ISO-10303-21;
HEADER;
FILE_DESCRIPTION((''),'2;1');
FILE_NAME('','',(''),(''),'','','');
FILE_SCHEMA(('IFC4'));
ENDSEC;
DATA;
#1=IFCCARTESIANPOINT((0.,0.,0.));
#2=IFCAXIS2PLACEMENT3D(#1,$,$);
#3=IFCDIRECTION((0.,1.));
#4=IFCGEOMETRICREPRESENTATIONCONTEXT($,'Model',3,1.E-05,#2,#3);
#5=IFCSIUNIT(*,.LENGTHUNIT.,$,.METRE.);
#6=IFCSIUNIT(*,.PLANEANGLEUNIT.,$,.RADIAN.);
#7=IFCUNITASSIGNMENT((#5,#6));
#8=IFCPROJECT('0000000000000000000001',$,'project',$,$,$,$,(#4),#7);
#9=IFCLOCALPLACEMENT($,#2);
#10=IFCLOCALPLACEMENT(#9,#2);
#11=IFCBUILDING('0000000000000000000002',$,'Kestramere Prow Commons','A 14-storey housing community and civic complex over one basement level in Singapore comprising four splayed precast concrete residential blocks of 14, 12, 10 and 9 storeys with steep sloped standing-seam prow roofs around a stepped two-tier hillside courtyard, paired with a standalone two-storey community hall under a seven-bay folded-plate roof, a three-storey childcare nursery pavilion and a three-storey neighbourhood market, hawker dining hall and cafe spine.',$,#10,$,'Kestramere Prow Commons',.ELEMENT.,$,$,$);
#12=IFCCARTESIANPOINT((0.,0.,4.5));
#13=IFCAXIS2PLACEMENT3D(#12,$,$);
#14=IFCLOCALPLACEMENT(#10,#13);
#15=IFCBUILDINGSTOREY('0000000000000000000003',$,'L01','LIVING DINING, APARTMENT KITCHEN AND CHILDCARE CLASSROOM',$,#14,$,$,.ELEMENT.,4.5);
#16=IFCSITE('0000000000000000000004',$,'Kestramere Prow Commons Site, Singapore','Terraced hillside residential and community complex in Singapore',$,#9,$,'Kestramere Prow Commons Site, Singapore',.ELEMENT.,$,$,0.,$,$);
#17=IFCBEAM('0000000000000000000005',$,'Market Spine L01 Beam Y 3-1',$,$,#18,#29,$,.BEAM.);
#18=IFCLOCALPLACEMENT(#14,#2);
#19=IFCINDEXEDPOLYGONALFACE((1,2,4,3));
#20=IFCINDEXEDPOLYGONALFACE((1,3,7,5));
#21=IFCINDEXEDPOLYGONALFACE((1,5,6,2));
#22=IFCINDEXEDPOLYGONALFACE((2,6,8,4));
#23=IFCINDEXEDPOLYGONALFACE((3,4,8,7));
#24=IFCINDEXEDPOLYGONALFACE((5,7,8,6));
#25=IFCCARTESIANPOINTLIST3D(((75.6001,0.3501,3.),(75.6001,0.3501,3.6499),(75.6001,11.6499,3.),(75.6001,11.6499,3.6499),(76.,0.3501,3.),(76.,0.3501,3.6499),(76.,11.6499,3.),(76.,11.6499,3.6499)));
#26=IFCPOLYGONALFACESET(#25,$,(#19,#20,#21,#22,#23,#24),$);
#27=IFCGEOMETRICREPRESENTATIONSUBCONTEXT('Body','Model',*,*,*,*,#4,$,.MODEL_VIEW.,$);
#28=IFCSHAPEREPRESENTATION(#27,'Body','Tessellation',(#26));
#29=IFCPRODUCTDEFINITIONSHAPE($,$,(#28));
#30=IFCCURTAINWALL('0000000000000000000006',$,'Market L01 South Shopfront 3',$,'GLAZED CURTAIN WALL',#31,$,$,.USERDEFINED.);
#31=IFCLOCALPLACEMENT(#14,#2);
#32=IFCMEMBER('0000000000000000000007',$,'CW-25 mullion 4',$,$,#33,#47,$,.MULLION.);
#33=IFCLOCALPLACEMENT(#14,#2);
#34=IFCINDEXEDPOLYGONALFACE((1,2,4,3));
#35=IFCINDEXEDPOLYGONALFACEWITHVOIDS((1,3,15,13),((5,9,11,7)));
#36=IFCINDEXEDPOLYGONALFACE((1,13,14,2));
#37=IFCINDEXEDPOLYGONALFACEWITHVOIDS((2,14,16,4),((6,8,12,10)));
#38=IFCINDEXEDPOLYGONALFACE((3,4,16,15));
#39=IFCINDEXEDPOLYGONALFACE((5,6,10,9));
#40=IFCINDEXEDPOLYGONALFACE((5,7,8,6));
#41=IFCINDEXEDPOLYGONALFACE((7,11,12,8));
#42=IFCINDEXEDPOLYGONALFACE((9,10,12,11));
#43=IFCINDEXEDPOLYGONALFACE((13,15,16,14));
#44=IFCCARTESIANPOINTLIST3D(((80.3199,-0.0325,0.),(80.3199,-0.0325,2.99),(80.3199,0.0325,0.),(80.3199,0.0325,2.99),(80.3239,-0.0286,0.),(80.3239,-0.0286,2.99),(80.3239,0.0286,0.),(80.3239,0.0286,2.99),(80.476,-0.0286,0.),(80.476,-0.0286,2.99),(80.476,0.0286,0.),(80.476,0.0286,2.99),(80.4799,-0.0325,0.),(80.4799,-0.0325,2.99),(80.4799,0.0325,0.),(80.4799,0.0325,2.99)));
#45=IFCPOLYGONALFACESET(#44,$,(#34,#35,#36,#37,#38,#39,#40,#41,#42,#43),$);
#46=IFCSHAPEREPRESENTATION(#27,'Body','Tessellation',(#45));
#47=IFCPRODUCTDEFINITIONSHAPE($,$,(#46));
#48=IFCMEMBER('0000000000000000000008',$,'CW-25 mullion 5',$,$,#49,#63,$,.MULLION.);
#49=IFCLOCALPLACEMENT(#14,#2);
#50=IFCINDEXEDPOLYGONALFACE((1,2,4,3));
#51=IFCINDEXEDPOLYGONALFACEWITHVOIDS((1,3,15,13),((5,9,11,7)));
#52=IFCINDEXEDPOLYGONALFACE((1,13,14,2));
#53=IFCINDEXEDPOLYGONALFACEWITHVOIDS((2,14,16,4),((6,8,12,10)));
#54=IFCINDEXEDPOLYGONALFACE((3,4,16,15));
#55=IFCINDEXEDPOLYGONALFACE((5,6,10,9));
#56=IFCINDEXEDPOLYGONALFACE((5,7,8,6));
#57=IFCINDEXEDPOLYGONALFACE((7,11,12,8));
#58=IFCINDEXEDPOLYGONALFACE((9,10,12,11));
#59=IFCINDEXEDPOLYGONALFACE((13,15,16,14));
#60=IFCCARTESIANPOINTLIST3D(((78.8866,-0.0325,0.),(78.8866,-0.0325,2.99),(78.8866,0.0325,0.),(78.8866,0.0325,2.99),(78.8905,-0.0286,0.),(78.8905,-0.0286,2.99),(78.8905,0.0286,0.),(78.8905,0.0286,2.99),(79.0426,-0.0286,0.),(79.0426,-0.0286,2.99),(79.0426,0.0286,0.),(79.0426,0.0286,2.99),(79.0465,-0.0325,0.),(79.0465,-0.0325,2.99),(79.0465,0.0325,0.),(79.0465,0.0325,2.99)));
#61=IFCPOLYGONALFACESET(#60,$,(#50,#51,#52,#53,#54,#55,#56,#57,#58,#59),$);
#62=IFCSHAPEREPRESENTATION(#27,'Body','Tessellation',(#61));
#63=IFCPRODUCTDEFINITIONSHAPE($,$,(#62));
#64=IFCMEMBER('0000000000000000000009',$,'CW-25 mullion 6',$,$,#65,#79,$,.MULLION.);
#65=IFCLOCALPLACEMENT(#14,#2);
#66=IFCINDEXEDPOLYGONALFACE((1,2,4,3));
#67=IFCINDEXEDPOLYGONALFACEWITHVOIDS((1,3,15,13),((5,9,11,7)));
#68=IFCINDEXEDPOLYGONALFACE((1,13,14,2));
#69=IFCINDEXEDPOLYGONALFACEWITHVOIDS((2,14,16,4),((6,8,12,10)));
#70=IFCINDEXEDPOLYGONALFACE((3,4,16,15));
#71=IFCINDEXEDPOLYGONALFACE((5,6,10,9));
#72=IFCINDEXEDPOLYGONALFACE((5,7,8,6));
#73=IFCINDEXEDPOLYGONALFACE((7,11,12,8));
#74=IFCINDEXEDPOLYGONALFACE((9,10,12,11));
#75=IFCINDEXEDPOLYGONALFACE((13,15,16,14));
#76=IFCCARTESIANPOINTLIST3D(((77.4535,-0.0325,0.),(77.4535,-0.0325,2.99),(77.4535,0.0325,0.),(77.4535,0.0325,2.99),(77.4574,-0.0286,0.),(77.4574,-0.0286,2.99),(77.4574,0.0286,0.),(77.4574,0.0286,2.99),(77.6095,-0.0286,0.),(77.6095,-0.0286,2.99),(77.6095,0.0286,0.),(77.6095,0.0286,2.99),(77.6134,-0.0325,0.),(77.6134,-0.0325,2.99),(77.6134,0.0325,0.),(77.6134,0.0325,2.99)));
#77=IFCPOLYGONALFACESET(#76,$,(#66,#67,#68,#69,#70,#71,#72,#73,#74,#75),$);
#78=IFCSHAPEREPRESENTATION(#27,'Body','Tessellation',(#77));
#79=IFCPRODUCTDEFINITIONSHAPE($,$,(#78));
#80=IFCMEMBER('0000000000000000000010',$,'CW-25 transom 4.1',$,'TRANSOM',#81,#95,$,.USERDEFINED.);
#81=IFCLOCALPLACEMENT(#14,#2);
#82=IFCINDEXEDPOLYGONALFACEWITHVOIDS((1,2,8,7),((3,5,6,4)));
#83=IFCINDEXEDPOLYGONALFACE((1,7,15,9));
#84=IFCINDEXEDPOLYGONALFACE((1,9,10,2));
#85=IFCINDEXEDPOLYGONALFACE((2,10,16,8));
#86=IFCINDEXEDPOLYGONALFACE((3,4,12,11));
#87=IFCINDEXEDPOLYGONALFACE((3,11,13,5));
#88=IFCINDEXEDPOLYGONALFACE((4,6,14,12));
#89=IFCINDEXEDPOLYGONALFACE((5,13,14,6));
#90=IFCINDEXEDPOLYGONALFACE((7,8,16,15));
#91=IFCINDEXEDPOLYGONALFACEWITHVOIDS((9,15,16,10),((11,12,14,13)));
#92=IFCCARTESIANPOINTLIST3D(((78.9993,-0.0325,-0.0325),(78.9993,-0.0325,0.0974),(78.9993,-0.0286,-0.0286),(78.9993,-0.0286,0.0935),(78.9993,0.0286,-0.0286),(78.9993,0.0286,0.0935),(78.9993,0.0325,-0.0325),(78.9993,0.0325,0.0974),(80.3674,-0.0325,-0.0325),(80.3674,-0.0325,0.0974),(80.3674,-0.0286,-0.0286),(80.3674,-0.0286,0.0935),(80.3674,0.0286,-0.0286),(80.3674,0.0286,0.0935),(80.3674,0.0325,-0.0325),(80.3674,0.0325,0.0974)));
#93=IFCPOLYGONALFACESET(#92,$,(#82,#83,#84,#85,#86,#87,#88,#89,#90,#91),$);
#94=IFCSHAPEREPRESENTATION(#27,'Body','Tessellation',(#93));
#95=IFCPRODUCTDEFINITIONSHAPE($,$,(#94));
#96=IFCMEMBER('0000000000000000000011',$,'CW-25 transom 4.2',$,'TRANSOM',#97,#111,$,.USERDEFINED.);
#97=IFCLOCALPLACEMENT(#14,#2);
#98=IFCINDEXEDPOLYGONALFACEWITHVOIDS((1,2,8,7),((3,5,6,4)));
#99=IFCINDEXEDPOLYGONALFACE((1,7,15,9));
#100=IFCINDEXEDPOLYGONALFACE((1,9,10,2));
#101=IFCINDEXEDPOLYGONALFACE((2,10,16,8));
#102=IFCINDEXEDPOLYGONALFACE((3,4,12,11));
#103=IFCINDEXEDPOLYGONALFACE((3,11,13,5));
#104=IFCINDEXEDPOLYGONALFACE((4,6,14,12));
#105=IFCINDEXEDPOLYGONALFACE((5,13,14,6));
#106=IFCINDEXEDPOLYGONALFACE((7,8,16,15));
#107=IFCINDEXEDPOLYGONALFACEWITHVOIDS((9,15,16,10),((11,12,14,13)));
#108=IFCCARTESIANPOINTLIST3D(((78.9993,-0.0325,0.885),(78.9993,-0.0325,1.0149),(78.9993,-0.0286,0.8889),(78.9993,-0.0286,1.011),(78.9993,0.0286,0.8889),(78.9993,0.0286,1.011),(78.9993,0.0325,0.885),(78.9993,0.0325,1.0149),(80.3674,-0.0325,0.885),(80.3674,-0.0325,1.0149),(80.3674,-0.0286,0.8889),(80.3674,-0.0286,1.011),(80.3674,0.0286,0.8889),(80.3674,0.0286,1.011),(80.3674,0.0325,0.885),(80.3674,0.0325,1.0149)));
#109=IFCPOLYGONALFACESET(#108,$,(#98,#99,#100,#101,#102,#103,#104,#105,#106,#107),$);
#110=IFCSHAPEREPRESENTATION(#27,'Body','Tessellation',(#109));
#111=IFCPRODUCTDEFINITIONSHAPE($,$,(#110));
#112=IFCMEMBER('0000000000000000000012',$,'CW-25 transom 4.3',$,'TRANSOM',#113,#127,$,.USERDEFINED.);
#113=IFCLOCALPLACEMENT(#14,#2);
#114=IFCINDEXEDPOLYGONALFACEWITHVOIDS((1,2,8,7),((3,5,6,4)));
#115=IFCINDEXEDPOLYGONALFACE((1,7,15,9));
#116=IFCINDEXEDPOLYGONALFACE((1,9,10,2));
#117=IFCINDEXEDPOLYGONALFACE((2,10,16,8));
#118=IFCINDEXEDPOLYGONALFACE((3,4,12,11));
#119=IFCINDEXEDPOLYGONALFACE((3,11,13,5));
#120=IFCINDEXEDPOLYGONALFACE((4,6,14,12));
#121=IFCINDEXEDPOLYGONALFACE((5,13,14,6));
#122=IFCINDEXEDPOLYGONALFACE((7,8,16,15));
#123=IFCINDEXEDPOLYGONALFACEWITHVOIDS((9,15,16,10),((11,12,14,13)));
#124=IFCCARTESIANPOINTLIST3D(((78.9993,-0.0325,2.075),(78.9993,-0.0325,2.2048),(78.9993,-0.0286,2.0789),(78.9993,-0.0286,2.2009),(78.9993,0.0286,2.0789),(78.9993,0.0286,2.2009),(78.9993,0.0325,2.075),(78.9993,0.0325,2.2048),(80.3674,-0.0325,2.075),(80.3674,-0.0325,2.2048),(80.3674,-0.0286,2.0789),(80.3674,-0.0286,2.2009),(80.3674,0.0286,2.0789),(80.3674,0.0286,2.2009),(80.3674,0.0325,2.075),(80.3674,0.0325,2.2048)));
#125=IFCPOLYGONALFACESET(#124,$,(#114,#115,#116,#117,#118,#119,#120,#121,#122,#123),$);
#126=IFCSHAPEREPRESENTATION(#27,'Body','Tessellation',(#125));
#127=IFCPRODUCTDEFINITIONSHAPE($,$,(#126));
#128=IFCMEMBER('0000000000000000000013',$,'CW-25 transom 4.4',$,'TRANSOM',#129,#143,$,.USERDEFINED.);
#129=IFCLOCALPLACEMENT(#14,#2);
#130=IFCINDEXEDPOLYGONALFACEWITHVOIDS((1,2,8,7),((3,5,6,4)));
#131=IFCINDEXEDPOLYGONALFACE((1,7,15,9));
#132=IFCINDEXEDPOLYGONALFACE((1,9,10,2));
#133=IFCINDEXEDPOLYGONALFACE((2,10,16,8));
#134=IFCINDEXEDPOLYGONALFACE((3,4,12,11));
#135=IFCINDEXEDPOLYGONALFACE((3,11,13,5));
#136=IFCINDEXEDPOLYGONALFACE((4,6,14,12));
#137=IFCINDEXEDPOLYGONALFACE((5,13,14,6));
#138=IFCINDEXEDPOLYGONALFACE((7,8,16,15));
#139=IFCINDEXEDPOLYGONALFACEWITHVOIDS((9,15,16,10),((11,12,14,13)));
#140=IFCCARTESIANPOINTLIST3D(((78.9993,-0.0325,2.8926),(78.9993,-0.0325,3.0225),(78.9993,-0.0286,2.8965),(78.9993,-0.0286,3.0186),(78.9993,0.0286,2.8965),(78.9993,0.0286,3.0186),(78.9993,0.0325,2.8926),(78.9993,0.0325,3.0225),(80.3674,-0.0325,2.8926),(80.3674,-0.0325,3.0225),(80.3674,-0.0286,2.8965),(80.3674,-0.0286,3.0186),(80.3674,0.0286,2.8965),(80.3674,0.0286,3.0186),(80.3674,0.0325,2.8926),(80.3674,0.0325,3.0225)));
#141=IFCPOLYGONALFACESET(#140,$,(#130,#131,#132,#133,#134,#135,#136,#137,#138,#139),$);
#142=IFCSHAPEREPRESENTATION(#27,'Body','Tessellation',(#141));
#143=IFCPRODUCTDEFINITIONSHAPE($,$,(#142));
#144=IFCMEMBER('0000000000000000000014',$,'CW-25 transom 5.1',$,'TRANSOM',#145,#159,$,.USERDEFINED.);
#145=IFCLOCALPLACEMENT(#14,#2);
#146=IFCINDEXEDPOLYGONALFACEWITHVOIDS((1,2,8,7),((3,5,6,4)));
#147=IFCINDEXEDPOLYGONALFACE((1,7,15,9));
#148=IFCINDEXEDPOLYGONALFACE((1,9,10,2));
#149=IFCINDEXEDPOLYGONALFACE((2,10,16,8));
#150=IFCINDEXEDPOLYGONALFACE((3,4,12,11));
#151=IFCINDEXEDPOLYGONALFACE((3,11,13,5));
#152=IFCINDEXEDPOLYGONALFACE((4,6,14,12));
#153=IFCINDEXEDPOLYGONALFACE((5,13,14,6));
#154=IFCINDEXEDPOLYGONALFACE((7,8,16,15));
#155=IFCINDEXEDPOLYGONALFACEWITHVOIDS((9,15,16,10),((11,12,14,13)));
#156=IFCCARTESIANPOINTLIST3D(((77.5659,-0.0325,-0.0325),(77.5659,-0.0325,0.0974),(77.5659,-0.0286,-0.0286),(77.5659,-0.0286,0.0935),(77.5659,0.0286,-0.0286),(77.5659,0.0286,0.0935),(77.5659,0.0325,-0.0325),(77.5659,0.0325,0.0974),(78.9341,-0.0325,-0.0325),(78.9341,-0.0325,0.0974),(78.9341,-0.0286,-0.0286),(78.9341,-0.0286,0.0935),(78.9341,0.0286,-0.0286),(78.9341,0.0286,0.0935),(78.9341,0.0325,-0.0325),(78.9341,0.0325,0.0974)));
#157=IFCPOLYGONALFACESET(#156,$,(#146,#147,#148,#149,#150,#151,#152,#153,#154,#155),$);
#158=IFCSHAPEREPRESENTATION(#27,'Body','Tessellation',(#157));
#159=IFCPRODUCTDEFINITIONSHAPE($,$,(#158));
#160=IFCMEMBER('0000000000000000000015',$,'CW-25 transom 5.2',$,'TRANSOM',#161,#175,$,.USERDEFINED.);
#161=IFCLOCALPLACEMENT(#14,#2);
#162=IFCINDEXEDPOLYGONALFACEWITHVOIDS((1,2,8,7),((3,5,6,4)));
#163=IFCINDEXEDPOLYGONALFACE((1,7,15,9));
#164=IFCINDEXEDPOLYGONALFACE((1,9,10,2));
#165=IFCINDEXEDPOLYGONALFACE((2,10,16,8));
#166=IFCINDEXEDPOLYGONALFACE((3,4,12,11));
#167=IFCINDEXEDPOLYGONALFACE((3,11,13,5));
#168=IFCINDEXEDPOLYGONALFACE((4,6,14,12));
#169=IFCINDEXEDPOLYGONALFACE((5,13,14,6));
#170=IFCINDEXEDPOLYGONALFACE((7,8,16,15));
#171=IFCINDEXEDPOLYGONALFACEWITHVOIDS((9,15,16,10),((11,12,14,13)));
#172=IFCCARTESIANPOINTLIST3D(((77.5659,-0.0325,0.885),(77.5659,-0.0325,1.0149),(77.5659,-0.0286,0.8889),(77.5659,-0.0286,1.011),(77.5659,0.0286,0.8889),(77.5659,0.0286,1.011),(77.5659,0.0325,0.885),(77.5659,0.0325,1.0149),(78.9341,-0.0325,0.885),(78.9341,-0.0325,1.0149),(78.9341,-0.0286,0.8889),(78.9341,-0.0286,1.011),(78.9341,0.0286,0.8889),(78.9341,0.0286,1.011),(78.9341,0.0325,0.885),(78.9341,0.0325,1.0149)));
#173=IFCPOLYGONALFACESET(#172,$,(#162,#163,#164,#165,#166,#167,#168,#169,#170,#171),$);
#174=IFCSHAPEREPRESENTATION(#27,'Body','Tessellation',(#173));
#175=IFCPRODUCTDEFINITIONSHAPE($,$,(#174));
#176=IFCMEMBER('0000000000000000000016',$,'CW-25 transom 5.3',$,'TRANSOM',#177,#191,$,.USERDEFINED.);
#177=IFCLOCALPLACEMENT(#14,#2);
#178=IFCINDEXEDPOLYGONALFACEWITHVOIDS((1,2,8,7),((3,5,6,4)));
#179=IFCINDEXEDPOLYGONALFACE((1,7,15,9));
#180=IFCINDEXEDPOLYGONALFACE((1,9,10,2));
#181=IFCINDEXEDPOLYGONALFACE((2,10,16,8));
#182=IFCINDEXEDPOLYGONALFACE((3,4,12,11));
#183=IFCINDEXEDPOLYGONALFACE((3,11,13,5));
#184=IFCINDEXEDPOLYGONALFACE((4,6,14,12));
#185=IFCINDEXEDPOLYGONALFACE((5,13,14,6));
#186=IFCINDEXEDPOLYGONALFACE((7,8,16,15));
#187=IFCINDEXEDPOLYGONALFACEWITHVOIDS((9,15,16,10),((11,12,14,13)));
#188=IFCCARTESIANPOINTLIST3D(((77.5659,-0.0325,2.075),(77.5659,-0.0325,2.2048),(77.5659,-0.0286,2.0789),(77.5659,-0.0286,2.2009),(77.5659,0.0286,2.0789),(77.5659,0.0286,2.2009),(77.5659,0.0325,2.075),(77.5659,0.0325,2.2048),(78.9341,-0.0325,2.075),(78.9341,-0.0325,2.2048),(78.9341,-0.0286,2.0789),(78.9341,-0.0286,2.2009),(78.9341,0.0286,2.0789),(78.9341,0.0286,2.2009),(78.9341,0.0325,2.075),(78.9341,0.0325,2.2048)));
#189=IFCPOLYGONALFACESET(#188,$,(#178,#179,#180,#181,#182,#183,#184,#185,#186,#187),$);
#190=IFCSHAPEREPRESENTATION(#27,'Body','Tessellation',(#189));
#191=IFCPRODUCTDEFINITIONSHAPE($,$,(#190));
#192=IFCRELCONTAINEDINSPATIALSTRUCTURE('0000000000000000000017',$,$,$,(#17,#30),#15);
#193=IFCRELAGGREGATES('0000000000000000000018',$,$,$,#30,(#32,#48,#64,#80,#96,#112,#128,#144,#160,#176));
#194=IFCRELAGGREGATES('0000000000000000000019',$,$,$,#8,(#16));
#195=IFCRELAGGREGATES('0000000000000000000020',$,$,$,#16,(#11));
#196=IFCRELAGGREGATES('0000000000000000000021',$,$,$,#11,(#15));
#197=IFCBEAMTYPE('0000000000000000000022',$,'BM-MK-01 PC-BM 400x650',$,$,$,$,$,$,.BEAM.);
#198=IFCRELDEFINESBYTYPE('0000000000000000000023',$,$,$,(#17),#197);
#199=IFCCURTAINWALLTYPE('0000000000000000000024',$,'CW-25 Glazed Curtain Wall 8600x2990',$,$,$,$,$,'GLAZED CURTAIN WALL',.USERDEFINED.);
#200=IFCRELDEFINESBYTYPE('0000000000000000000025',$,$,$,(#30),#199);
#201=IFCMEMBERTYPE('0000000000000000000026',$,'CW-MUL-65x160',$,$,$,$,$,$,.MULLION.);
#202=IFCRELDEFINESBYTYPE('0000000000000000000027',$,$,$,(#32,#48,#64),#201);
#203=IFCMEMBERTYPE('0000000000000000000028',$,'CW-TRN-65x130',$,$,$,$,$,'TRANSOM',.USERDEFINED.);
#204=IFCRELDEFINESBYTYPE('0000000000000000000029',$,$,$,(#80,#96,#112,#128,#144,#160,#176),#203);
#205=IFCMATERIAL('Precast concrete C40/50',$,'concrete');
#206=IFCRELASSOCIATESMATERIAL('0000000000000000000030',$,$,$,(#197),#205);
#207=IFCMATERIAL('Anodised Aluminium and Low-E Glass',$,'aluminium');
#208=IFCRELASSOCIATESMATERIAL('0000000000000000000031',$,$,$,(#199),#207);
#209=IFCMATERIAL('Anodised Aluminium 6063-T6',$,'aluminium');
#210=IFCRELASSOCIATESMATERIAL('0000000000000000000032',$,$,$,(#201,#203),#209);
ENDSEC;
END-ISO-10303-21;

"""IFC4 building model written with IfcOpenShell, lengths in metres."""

from ifc_helpers import new_model, si_unit, direction, frame, origin, origin_2d, place, context, subcontext, project, spatial, rectangle, hollow_rectangle, extrude, material, material_profile, profile_set, type_object, element, aggregate, save


model = new_model("IFC4")

# Units and contexts
model_context = context("Model", 3, precision=1e-05, world=origin(), true_north=direction((0.0, 1.0)))
body_context = subcontext(model_context, "Body", "Model", "MODEL_VIEW")
ifc_project = project(units=[si_unit("LENGTHUNIT", "METRE"), si_unit("PLANEANGLEUNIT", "RADIAN")], contexts=[model_context])

# Site, building, storey
site_placement = place(None, origin())
site = spatial("IfcSite", under=ifc_project, at=site_placement, Name="Kestramere Prow Commons Site, Singapore", Description="Terraced hillside residential and community complex in Singapore", LongName="Kestramere Prow Commons Site, Singapore", CompositionType="ELEMENT", RefElevation=0.0)
building_placement = place(site_placement, origin())
building = spatial("IfcBuilding", under=site, at=building_placement, Name="Kestramere Prow Commons", Description="A 14-storey housing community and civic complex over one basement level in Singapore comprising four splayed precast concrete residential blocks of 14, 12, 10 and 9 storeys with steep sloped standing-seam prow roofs around a stepped two-tier hillside courtyard, paired with a standalone two-storey community hall under a seven-bay folded-plate roof, a three-storey childcare nursery pavilion and a three-storey neighbourhood market, hawker dining hall and cafe spine.", LongName="Kestramere Prow Commons", CompositionType="ELEMENT")
storey_placement = place(building_placement, frame((0.0, 0.0, 4.5)))
storey = spatial("IfcBuildingStorey", under=building, at=storey_placement, Name="L01", Description="LIVING DINING, APARTMENT KITCHEN AND CHILDCARE CLASSROOM", CompositionType="ELEMENT", Elevation=4.5)

# Beam
ifc_material_1 = material(Name="Precast concrete C40/50", Category="concrete")
ifc_material_profile_1 = material_profile(ifc_material_1, rectangle(XDim=0.3999, YDim=0.6499, at=origin_2d()), Name="PC-BM 400x650")
ifc_profile_set_1 = profile_set([ifc_material_profile_1], Name="Precast concrete C40/50")
beam_type_1 = type_object("IfcBeamType", Name="BM-MK-01 PC-BM 400x650", PredefinedType="BEAM", material=ifc_profile_set_1)
beam_placement = place(storey_placement, frame((75.8, 0.3501, 3.325), z_axis=(0.0, 1.0, 0.0), x_axis=(-1.0, 0.0, 0.0)))
element("IfcBeam", 1, at=beam_placement, inside=storey, type_object=beam_type_1, Name="Market Spine L01 Beam Y 3-1", PredefinedType="BEAM", context=body_context, shape_type="SweptSolid", body=[
    extrude(rectangle(XDim=0.3999, YDim=0.6499, at=origin_2d()), origin(), (0.0, 0.0, 1.0), 11.2998),
])

# Curtain wall, members
ifc_material_2 = material(Name="Anodised Aluminium and Low-E Glass", Category="aluminium")
curtain_wall_type = type_object("IfcCurtainWallType", Name="CW-25 Glazed Curtain Wall 8600x2990", ElementType="GLAZED CURTAIN WALL", PredefinedType="USERDEFINED", material=ifc_material_2)
curtain_wall_placement = place(storey_placement, origin())
curtain_wall = element("IfcCurtainWall", 2, at=curtain_wall_placement, inside=storey, type_object=curtain_wall_type, Name="Market L01 South Shopfront 3", ObjectType="GLAZED CURTAIN WALL", PredefinedType="USERDEFINED")
ifc_material_3 = material(Name="Anodised Aluminium 6063-T6", Category="aluminium")
ifc_material_profile_2 = material_profile(ifc_material_3, hollow_rectangle(XDim=0.0649, YDim=0.1599, WallThickness=0.0039, at=origin_2d()), Name="ALU-MUL 65x160")
ifc_profile_set_2 = profile_set([ifc_material_profile_2], Name="Anodised Aluminium 6063-T6")
member_type_1 = type_object("IfcMemberType", Name="CW-MUL-65x160", PredefinedType="MULLION", material=ifc_profile_set_2)
member_1_placement = place(storey_placement, frame((80.3999, 0.0, 0.0), z_axis=(0.0, 0.0, 1.0), x_axis=(0.0, -1.0, 0.0)))
member_1 = element("IfcMember", 3, at=member_1_placement, type_object=member_type_1, Name="CW-25 mullion 4", PredefinedType="MULLION", context=body_context, shape_type="SweptSolid", body=[
    extrude(hollow_rectangle(XDim=0.0649, YDim=0.1599, WallThickness=0.0039, at=origin_2d()), origin(), (0.0, 0.0, 1.0), 2.99),
])
member_2_placement = place(storey_placement, frame((78.9666, 0.0, 0.0), z_axis=(0.0, 0.0, 1.0), x_axis=(0.0, -1.0, 0.0)))
member_2 = element("IfcMember", 4, at=member_2_placement, type_object=member_type_1, Name="CW-25 mullion 5", PredefinedType="MULLION", context=body_context, shape_type="SweptSolid", body=[
    extrude(hollow_rectangle(XDim=0.0649, YDim=0.1599, WallThickness=0.0039, at=origin_2d()), origin(), (0.0, 0.0, 1.0), 2.99),
])
member_3_placement = place(storey_placement, frame((77.5334, 0.0, 0.0), z_axis=(0.0, 0.0, 1.0), x_axis=(0.0, -1.0, 0.0)))
member_3 = element("IfcMember", 5, at=member_3_placement, type_object=member_type_1, Name="CW-25 mullion 6", PredefinedType="MULLION", context=body_context, shape_type="SweptSolid", body=[
    extrude(hollow_rectangle(XDim=0.0649, YDim=0.1599, WallThickness=0.0039, at=origin_2d()), origin(), (0.0, 0.0, 1.0), 2.99),
])
ifc_material_profile_3 = material_profile(ifc_material_3, hollow_rectangle(XDim=0.0649, YDim=0.1299, WallThickness=0.0039, at=origin_2d()), Name="ALU-TRN 65x130")
ifc_profile_set_3 = profile_set([ifc_material_profile_3], Name="Anodised Aluminium 6063-T6")
member_type_2 = type_object("IfcMemberType", Name="CW-TRN-65x130", ElementType="TRANSOM", PredefinedType="USERDEFINED", material=ifc_profile_set_3)
member_4_placement = place(storey_placement, frame((80.3674, 0.0, 0.0325), z_axis=(-1.0, 0.0, 0.0), x_axis=(0.0, -1.0, 0.0)))
member_4 = element("IfcMember", 6, at=member_4_placement, type_object=member_type_2, Name="CW-25 transom 4.1", ObjectType="TRANSOM", PredefinedType="USERDEFINED", context=body_context, shape_type="SweptSolid", body=[
    extrude(hollow_rectangle(XDim=0.0649, YDim=0.1299, WallThickness=0.0039, at=origin_2d()), origin(), (0.0, 0.0, 1.0), 1.3682),
])
member_5_placement = place(storey_placement, frame((80.3674, 0.0, 0.95), z_axis=(-1.0, 0.0, 0.0), x_axis=(0.0, -1.0, 0.0)))
member_5 = element("IfcMember", 7, at=member_5_placement, type_object=member_type_2, Name="CW-25 transom 4.2", ObjectType="TRANSOM", PredefinedType="USERDEFINED", context=body_context, shape_type="SweptSolid", body=[
    extrude(hollow_rectangle(XDim=0.0649, YDim=0.1299, WallThickness=0.0039, at=origin_2d()), origin(), (0.0, 0.0, 1.0), 1.3682),
])
member_6_placement = place(storey_placement, frame((80.3674, 0.0, 2.1399), z_axis=(-1.0, 0.0, 0.0), x_axis=(0.0, -1.0, 0.0)))
member_6 = element("IfcMember", 8, at=member_6_placement, type_object=member_type_2, Name="CW-25 transom 4.3", ObjectType="TRANSOM", PredefinedType="USERDEFINED", context=body_context, shape_type="SweptSolid", body=[
    extrude(hollow_rectangle(XDim=0.0649, YDim=0.1299, WallThickness=0.0039, at=origin_2d()), origin(), (0.0, 0.0, 1.0), 1.3682),
])
member_7_placement = place(storey_placement, frame((80.3674, 0.0, 2.9575), z_axis=(-1.0, 0.0, 0.0), x_axis=(0.0, -1.0, 0.0)))
member_7 = element("IfcMember", 9, at=member_7_placement, type_object=member_type_2, Name="CW-25 transom 4.4", ObjectType="TRANSOM", PredefinedType="USERDEFINED", context=body_context, shape_type="SweptSolid", body=[
    extrude(hollow_rectangle(XDim=0.0649, YDim=0.1299, WallThickness=0.0039, at=origin_2d()), origin(), (0.0, 0.0, 1.0), 1.3682),
])
member_8_placement = place(storey_placement, frame((78.9341, 0.0, 0.0325), z_axis=(-1.0, 0.0, 0.0), x_axis=(0.0, -1.0, 0.0)))
member_8 = element("IfcMember", 10, at=member_8_placement, type_object=member_type_2, Name="CW-25 transom 5.1", ObjectType="TRANSOM", PredefinedType="USERDEFINED", context=body_context, shape_type="SweptSolid", body=[
    extrude(hollow_rectangle(XDim=0.0649, YDim=0.1299, WallThickness=0.0039, at=origin_2d()), origin(), (0.0, 0.0, 1.0), 1.3682),
])
member_9_placement = place(storey_placement, frame((78.9341, 0.0, 0.95), z_axis=(-1.0, 0.0, 0.0), x_axis=(0.0, -1.0, 0.0)))
member_9 = element("IfcMember", 11, at=member_9_placement, type_object=member_type_2, Name="CW-25 transom 5.2", ObjectType="TRANSOM", PredefinedType="USERDEFINED", context=body_context, shape_type="SweptSolid", body=[
    extrude(hollow_rectangle(XDim=0.0649, YDim=0.1299, WallThickness=0.0039, at=origin_2d()), origin(), (0.0, 0.0, 1.0), 1.3682),
])
member_10_placement = place(storey_placement, frame((78.9341, 0.0, 2.1399), z_axis=(-1.0, 0.0, 0.0), x_axis=(0.0, -1.0, 0.0)))
member_10 = element("IfcMember", 12, at=member_10_placement, type_object=member_type_2, Name="CW-25 transom 5.3", ObjectType="TRANSOM", PredefinedType="USERDEFINED", context=body_context, shape_type="SweptSolid", body=[
    extrude(hollow_rectangle(XDim=0.0649, YDim=0.1299, WallThickness=0.0039, at=origin_2d()), origin(), (0.0, 0.0, 1.0), 1.3682),
])

aggregate(curtain_wall, [member_1, member_2, member_3, member_4, member_5, member_6, member_7, member_8, member_9, member_10])

save(model, "model.ifc")
